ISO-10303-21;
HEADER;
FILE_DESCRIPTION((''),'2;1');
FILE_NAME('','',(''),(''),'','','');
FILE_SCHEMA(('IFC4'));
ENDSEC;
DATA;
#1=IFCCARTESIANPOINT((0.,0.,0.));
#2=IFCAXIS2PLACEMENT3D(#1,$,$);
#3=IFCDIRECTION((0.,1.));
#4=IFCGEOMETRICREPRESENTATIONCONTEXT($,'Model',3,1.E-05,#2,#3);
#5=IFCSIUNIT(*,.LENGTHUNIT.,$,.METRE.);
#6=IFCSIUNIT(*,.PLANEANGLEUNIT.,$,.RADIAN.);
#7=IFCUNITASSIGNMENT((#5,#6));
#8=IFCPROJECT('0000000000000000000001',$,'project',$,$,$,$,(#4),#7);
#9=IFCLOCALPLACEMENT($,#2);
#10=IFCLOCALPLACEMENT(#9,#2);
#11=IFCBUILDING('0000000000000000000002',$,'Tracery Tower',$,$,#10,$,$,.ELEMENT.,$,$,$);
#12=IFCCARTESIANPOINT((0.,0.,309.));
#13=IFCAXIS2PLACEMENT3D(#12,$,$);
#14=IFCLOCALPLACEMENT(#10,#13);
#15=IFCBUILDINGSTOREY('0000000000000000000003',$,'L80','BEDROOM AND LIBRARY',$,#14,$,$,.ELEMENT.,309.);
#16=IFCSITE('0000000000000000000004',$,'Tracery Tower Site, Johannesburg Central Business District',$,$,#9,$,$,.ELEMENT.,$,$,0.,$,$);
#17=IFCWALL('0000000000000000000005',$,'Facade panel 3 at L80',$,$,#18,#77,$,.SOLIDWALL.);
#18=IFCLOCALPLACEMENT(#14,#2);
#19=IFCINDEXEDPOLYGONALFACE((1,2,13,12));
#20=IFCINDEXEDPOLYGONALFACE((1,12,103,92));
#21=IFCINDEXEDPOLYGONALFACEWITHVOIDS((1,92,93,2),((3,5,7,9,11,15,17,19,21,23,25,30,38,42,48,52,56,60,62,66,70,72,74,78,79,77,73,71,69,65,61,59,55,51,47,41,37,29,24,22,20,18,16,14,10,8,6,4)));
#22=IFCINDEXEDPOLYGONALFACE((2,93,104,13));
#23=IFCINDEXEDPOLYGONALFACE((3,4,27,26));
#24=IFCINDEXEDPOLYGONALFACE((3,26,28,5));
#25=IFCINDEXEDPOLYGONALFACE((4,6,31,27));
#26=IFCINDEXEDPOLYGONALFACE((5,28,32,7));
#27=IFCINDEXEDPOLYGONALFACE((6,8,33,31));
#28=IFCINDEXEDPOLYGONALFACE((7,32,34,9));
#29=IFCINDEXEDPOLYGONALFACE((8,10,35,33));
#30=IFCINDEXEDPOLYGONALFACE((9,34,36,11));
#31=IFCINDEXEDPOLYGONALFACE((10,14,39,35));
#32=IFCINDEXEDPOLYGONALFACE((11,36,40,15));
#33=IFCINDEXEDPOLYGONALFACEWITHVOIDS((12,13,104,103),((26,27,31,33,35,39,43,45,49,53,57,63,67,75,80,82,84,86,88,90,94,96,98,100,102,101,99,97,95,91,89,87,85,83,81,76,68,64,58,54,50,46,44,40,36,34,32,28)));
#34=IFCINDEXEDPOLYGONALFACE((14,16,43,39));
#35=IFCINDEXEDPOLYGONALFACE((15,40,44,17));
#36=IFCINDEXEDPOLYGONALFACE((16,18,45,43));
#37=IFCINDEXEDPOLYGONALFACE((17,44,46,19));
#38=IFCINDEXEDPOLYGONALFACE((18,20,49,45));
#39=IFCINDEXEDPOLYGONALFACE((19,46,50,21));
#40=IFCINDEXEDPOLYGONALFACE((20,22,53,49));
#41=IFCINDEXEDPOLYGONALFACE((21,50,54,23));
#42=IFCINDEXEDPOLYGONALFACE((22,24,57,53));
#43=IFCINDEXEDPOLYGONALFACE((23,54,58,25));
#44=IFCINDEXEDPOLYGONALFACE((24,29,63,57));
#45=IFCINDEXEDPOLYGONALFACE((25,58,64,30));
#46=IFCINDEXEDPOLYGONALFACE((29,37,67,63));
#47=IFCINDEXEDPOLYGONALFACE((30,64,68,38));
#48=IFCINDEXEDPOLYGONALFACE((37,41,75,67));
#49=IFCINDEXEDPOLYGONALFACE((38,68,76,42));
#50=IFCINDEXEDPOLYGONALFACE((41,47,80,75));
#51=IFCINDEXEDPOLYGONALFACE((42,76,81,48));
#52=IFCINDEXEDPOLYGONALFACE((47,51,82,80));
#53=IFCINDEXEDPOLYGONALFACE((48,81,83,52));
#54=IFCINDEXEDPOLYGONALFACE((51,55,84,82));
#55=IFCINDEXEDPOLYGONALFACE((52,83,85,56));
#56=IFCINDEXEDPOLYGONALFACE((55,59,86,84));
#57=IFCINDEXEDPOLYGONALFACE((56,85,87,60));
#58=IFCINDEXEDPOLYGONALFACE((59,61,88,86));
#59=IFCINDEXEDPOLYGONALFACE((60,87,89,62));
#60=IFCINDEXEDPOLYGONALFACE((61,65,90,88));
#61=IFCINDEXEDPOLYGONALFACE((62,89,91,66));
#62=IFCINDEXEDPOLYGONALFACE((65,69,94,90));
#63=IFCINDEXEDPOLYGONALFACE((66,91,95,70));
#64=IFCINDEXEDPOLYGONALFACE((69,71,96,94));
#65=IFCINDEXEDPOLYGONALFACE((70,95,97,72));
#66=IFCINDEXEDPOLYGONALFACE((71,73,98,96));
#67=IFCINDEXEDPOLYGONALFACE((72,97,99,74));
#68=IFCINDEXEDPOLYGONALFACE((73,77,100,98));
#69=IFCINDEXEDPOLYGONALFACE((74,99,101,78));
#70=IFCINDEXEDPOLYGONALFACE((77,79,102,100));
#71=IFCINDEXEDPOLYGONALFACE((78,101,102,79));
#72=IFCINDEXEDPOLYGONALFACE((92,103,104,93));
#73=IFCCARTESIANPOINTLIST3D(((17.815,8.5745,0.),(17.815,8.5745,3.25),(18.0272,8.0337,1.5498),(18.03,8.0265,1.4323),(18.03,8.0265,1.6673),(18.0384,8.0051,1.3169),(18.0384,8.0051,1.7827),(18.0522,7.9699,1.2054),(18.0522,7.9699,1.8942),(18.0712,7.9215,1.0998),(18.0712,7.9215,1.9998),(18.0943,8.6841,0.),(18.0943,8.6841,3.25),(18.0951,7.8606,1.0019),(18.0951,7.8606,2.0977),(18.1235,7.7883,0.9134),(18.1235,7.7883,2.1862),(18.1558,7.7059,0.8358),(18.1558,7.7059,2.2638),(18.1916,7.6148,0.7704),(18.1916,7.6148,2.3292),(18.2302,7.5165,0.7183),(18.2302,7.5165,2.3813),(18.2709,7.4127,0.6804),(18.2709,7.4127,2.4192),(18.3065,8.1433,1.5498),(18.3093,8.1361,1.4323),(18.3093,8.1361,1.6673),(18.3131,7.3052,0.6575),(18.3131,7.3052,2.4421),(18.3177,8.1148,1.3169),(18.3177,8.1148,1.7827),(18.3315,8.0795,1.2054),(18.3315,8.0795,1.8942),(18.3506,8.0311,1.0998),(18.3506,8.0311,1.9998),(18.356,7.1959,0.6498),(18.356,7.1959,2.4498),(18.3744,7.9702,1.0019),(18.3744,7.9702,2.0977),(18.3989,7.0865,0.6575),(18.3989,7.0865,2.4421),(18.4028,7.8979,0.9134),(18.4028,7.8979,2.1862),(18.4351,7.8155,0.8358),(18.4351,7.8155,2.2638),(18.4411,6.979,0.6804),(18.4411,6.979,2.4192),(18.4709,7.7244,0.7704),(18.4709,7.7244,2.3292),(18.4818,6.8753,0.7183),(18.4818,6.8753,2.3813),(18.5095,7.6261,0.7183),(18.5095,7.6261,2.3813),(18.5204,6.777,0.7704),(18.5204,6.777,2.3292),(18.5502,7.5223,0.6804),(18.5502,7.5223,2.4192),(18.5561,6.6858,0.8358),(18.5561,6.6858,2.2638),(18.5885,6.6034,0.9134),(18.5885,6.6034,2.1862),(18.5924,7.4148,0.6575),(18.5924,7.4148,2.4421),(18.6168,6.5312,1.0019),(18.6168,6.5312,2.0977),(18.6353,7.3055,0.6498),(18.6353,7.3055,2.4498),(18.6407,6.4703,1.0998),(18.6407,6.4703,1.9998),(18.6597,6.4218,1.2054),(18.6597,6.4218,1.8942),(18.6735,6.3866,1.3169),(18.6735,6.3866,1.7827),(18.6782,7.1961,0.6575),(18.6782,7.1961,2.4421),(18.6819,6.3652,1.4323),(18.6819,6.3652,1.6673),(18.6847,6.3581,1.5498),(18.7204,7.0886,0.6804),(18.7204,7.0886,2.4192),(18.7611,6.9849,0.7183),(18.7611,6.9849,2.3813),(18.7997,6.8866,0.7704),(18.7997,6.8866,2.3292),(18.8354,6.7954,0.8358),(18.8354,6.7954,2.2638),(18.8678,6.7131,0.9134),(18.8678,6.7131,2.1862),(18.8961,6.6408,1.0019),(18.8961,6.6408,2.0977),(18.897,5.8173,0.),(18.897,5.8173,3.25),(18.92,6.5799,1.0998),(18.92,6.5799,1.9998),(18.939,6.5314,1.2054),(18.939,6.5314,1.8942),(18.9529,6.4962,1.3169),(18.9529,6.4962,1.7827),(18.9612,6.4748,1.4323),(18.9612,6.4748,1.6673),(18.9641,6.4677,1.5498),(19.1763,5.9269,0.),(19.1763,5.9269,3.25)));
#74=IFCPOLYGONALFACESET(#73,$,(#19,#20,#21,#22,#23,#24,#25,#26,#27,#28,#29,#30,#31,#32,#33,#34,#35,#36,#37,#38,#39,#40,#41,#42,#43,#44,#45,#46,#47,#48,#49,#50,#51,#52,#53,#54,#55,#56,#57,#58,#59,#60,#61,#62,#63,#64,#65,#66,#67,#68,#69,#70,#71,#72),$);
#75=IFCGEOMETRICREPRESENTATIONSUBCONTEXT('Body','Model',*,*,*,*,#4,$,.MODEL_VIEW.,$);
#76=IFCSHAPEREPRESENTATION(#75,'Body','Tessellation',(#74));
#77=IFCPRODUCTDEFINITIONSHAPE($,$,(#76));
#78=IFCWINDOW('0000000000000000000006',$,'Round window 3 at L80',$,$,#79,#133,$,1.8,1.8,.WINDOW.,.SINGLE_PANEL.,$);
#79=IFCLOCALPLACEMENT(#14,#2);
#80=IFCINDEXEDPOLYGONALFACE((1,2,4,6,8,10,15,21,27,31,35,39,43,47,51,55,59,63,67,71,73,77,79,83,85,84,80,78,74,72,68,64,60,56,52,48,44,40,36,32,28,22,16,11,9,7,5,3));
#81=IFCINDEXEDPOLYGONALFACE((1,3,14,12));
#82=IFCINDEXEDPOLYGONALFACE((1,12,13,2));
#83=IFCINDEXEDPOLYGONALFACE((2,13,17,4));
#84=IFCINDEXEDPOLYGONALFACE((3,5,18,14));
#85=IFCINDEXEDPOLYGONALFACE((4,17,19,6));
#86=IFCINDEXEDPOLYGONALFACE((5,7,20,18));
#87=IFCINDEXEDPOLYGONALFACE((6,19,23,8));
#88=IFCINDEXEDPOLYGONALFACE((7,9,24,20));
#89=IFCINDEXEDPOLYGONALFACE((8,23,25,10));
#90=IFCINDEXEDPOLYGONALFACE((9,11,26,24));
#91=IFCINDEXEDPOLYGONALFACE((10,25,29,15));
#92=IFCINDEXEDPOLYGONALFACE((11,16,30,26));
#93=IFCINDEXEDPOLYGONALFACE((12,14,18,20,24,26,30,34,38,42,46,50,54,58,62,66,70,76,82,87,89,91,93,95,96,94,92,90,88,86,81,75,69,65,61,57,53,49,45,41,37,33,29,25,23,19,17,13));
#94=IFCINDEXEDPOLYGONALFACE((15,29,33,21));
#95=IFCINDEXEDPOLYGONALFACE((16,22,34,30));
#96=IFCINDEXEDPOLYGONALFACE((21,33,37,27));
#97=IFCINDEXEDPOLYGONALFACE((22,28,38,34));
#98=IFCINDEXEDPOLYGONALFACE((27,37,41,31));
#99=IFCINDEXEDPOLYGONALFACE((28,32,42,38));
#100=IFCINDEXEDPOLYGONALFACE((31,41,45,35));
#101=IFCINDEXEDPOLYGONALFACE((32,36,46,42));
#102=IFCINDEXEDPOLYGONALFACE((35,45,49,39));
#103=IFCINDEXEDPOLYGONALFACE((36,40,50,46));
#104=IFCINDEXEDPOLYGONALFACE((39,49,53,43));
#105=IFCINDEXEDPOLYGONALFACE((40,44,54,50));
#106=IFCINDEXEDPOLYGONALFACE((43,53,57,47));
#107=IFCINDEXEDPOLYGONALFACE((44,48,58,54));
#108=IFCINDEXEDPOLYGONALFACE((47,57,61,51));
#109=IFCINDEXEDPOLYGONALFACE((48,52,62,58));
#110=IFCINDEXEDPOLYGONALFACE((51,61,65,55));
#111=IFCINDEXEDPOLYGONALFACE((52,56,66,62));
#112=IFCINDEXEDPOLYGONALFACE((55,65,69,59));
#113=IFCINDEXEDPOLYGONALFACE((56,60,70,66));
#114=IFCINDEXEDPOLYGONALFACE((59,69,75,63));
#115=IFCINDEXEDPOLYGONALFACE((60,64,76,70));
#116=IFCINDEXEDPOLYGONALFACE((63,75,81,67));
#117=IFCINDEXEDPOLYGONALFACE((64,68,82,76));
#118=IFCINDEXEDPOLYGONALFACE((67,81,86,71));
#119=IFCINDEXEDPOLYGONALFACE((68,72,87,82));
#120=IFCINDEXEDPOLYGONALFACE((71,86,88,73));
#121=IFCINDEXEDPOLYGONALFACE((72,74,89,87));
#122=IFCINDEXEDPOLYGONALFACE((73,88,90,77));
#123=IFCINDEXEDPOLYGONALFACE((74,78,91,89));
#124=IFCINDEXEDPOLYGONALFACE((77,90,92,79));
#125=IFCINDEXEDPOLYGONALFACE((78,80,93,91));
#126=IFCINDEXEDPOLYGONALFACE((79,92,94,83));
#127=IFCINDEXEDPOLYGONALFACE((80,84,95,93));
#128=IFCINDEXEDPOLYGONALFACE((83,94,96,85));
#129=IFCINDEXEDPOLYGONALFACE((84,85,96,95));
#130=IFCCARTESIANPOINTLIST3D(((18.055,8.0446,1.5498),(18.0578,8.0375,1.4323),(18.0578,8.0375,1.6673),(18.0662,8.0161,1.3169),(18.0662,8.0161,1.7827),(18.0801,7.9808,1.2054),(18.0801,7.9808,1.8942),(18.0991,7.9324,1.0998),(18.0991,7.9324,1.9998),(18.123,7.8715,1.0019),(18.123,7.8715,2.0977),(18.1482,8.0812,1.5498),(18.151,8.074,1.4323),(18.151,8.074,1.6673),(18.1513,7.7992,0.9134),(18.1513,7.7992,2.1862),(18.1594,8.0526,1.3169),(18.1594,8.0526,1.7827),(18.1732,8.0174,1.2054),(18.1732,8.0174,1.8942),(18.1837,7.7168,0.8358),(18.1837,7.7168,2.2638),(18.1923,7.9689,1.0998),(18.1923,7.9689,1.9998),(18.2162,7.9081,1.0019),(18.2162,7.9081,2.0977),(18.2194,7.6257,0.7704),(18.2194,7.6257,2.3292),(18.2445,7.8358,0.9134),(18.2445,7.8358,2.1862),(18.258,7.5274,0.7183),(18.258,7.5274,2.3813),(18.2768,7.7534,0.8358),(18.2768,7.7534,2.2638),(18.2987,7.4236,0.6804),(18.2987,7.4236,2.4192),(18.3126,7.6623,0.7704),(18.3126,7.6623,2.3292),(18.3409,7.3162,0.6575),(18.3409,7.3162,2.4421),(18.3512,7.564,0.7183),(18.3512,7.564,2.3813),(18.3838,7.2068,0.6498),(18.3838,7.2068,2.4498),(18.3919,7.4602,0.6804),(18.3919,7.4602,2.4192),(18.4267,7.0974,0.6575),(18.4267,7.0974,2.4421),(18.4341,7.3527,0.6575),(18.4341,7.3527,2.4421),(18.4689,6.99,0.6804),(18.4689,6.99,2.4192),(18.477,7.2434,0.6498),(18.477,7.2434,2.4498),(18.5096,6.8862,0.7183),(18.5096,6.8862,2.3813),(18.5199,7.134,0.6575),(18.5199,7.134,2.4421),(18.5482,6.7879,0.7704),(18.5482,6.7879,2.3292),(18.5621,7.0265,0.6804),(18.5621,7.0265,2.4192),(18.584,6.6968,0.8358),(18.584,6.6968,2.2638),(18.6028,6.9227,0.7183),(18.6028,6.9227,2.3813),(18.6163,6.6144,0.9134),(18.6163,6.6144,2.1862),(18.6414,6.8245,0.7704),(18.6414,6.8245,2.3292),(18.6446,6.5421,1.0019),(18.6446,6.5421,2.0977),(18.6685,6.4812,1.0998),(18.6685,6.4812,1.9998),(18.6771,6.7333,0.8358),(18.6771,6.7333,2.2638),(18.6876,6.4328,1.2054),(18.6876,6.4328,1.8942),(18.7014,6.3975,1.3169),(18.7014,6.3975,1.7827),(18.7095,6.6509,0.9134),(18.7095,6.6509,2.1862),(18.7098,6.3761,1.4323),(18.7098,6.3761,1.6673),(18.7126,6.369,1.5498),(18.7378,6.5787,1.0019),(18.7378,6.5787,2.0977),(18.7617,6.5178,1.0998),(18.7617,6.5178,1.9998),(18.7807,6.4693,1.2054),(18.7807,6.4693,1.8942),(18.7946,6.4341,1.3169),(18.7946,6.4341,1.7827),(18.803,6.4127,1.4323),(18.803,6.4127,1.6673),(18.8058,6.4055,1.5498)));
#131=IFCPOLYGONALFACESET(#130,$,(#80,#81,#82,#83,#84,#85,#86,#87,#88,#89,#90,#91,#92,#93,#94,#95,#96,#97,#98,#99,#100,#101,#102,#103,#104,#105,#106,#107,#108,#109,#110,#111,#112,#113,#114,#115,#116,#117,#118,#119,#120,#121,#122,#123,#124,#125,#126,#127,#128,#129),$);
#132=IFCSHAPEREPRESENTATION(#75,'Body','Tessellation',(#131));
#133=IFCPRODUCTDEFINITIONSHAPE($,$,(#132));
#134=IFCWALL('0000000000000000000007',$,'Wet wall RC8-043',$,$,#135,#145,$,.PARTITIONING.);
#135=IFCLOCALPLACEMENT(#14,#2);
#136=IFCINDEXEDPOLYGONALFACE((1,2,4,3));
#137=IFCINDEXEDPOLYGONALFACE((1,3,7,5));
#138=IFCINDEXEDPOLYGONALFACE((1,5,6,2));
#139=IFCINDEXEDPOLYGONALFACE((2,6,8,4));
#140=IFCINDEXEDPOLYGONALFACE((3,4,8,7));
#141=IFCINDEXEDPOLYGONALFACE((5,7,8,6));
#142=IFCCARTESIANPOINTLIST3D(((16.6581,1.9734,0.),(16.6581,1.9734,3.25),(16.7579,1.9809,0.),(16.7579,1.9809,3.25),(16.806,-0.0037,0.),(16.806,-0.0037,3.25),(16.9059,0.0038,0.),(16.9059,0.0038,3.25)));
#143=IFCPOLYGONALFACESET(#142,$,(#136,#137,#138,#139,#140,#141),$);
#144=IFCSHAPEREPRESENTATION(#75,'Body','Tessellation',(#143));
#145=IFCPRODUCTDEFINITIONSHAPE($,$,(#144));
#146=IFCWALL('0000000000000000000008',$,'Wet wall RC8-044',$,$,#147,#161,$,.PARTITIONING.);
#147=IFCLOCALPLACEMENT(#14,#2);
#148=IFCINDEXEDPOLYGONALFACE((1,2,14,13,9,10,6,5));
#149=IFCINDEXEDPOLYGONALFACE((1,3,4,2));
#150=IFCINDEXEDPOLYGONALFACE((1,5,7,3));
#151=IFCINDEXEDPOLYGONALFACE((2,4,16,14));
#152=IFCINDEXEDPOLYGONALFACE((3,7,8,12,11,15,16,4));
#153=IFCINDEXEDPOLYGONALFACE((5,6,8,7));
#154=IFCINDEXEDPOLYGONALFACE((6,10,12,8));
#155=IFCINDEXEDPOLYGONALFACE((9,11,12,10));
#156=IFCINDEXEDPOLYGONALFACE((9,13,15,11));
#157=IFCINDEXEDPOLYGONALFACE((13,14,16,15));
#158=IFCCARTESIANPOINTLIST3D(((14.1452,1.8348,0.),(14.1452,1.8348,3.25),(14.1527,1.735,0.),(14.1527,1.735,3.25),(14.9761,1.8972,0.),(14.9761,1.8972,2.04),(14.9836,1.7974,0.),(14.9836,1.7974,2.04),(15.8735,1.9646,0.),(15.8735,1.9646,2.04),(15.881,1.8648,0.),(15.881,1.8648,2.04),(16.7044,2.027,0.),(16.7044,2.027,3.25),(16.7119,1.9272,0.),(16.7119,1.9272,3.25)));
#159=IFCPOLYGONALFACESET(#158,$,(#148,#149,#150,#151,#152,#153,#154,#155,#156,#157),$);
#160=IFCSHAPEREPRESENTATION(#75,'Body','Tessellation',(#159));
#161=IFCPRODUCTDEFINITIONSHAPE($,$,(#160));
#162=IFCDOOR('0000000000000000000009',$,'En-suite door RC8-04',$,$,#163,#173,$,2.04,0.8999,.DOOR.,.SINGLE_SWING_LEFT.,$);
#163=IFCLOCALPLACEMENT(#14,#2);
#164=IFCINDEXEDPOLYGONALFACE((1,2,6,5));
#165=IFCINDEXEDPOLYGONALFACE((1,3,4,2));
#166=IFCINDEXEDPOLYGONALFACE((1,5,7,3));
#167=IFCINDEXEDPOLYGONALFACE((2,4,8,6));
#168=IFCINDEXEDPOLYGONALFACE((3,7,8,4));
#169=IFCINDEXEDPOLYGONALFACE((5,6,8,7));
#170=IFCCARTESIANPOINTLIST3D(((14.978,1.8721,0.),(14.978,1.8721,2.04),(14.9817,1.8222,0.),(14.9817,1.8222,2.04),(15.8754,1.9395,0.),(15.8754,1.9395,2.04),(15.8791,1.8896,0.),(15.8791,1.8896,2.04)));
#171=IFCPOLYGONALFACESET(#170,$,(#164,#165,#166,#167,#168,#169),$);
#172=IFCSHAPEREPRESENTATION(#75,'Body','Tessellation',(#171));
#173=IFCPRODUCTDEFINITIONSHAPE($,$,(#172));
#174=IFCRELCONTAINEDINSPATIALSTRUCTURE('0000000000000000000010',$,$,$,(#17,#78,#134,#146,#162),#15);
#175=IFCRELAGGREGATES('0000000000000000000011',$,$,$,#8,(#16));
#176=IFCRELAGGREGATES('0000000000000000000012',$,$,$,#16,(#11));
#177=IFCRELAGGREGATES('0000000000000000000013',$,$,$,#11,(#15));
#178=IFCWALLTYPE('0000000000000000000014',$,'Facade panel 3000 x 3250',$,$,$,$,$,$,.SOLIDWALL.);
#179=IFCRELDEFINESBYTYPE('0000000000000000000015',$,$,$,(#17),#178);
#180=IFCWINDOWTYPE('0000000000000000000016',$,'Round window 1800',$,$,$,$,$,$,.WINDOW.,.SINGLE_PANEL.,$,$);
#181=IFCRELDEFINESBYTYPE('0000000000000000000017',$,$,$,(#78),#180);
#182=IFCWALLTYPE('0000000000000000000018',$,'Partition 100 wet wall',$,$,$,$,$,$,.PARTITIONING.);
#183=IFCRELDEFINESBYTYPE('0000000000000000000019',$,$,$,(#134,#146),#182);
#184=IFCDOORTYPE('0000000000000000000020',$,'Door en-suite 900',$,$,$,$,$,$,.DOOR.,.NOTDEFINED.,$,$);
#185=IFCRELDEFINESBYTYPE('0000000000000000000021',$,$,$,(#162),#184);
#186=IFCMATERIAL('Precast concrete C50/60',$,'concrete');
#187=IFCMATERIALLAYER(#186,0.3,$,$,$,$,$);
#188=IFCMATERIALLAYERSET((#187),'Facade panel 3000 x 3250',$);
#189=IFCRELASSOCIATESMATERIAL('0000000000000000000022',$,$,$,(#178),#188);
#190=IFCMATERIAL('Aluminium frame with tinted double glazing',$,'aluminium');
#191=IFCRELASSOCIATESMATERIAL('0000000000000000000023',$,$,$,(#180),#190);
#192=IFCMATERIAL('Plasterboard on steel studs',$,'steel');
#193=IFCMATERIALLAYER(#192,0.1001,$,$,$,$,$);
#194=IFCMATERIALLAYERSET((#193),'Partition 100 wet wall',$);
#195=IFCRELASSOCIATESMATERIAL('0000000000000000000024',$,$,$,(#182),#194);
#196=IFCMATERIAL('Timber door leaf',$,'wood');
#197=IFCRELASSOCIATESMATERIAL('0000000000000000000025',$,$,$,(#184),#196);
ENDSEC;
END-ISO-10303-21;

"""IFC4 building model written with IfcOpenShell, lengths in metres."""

from ifc_helpers import new_model, si_unit, direction, frame, frame_2d, origin, origin_2d, place, context, subcontext, project, spatial, rectangle, circle, extrude, material, layer, layer_set, type_object, element, fill, save


model = new_model("IFC4")

# Units and contexts
model_context = context("Model", 3, precision=1e-05, world=origin(), true_north=direction((0.0, 1.0)))
body_context = subcontext(model_context, "Body", "Model", "MODEL_VIEW")
ifc_project = project(units=[si_unit("LENGTHUNIT", "METRE"), si_unit("PLANEANGLEUNIT", "RADIAN")], contexts=[model_context])

# Site, building, storey
site_placement = place(None, origin())
site = spatial("IfcSite", under=ifc_project, at=site_placement, Name="Tracery Tower Site, Johannesburg Central Business District", CompositionType="ELEMENT", RefElevation=0.0)
building_placement = place(site_placement, origin())
building = spatial("IfcBuilding", under=site, at=building_placement, Name="Tracery Tower", CompositionType="ELEMENT")
storey_placement = place(building_placement, frame((0.0, 0.0, 309.0)))
storey = spatial("IfcBuildingStorey", under=building, at=storey_placement, Name="L80", Description="BEDROOM AND LIBRARY", CompositionType="ELEMENT", Elevation=309.0)

# Wall, opening, window
ifc_material_1 = material(Name="Precast concrete C50/60", Category="concrete")
ifc_layer_1 = layer(ifc_material_1, 0.3)
ifc_layer_set_1 = layer_set([ifc_layer_1], Name="Facade panel 3000 x 3250")
wall_type_1 = type_object("IfcWallType", Name="Facade panel 3000 x 3250", PredefinedType="SOLIDWALL", material=ifc_layer_set_1)
ifc_material_2 = material(Name="Aluminium frame with tinted double glazing", Category="aluminium")
window_type = type_object("IfcWindowType", Name="Round window 1800", PartitioningType="SINGLE_PANEL", PredefinedType="WINDOW", material=ifc_material_2)
wall_1_placement = place(storey_placement, frame((19.0366, 5.8721, 0.0), z_axis=(0.0, 0.0, 1.0), x_axis=(-0.3653, 0.93089, 0.0)))
wall_1 = element("IfcWall", 1, at=wall_1_placement, inside=storey, type_object=wall_type_1, Name="Facade panel 3 at L80", PredefinedType="SOLIDWALL", context=body_context, shape_type="SweptSolid", body=[
    extrude(rectangle(XDim=2.9619, YDim=0.3, at=frame_2d((1.481, 0.0))), origin(), (0.0, 0.0, 1.0), 3.25),
])
opening_1_placement = place(wall_1_placement, frame((1.481, 0.0, 1.5498)))
opening_1 = element("IfcOpeningElement", 2, at=opening_1_placement, cuts=wall_1, PredefinedType="OPENING", context=body_context, shape_type="SweptSolid", body=[
    extrude(circle(Radius=0.9, at=origin_2d()), frame((0.0, 0.1599, 0.0), z_axis=(0.0, -1.0, 0.0), x_axis=(1.0, 0.0, 0.0)), (0.0, 0.0, 1.0), 0.3201),
])
window_1_placement = place(opening_1_placement, origin())
window_1 = element("IfcWindow", 3, at=window_1_placement, inside=storey, type_object=window_type, Name="Round window 3 at L80", OverallHeight=1.8, OverallWidth=1.8, PartitioningType="SINGLE_PANEL", PredefinedType="WINDOW", context=body_context, shape_type="SweptSolid", body=[
    extrude(circle(Radius=0.9, at=origin_2d()), frame((0.0, 0.1201, 0.0), z_axis=(0.0, -1.0, 0.0), x_axis=(1.0, 0.0, 0.0)), (0.0, 0.0, 1.0), 0.1001),
])
fill(opening_1, window_1)

# Wall
ifc_material_3 = material(Name="Plasterboard on steel studs", Category="steel")
ifc_layer_2 = layer(ifc_material_3, 0.1001)
ifc_layer_set_2 = layer_set([ifc_layer_2], Name="Partition 100 wet wall")
wall_type_2 = type_object("IfcWallType", Name="Partition 100 wet wall", PredefinedType="PARTITIONING", material=ifc_layer_set_2)
wall_2_placement = place(storey_placement, frame((16.708, 1.9771, 0.0), z_axis=(0.0, 0.0, 1.0), x_axis=(0.074625, -0.997212, 0.0)))
element("IfcWall", 4, at=wall_2_placement, inside=storey, type_object=wall_type_2, Name="Wet wall RC8-043", PredefinedType="PARTITIONING", context=body_context, shape_type="SweptSolid", body=[
    extrude(rectangle(XDim=1.9827, YDim=0.1001, at=frame_2d((0.9912, 0.0))), origin(), (0.0, 0.0, 1.0), 3.25),
])

# Wall, opening, door
wall_3_placement = place(storey_placement, frame((14.1489, 1.7849, 0.0), z_axis=(0.0, 0.0, 1.0), x_axis=(0.997193, 0.07487, 0.0)))
wall_3 = element("IfcWall", 5, at=wall_3_placement, inside=storey, type_object=wall_type_2, Name="Wet wall RC8-044", PredefinedType="PARTITIONING", context=body_context, shape_type="SweptSolid", body=[
    extrude(rectangle(XDim=2.5664, YDim=0.1001, at=frame_2d((1.2832, 0.0))), origin(), (0.0, 0.0, 1.0), 3.25),
])
opening_2_placement = place(wall_3_placement, frame((0.8333, 0.0, 0.0)))
opening_2 = element("IfcOpeningElement", 6, at=opening_2_placement, cuts=wall_3, PredefinedType="OPENING", context=body_context, shape_type="SweptSolid", body=[
    extrude(rectangle(XDim=0.8999, YDim=2.04, at=frame_2d((0.45, 1.02))), frame((0.0, 0.05, 0.0), z_axis=(0.0, -1.0, 0.0), x_axis=(1.0, 0.0, 0.0)), (0.0, 0.0, 1.0), 0.1001),
])
ifc_material_4 = material(Name="Timber door leaf", Category="wood")
door_type_1 = type_object("IfcDoorType", Name="Door en-suite 900", OperationType="NOTDEFINED", PredefinedType="DOOR", material=ifc_material_4)
door_1_placement = place(opening_2_placement, origin())
door_1 = element("IfcDoor", 7, at=door_1_placement, inside=storey, type_object=door_type_1, Name="En-suite door RC8-04", OperationType="SINGLE_SWING_LEFT", OverallHeight=2.04, OverallWidth=0.8999, PredefinedType="DOOR", context=body_context, shape_type="SweptSolid", body=[
    extrude(rectangle(XDim=0.8999, YDim=2.04, at=frame_2d((0.45, 1.02))), frame((0.0, 0.0249, 0.0), z_axis=(0.0, -1.0, 0.0), x_axis=(1.0, 0.0, 0.0)), (0.0, 0.0, 1.0), 0.05),
])
fill(opening_2, door_1)

save(model, "model.ifc")
